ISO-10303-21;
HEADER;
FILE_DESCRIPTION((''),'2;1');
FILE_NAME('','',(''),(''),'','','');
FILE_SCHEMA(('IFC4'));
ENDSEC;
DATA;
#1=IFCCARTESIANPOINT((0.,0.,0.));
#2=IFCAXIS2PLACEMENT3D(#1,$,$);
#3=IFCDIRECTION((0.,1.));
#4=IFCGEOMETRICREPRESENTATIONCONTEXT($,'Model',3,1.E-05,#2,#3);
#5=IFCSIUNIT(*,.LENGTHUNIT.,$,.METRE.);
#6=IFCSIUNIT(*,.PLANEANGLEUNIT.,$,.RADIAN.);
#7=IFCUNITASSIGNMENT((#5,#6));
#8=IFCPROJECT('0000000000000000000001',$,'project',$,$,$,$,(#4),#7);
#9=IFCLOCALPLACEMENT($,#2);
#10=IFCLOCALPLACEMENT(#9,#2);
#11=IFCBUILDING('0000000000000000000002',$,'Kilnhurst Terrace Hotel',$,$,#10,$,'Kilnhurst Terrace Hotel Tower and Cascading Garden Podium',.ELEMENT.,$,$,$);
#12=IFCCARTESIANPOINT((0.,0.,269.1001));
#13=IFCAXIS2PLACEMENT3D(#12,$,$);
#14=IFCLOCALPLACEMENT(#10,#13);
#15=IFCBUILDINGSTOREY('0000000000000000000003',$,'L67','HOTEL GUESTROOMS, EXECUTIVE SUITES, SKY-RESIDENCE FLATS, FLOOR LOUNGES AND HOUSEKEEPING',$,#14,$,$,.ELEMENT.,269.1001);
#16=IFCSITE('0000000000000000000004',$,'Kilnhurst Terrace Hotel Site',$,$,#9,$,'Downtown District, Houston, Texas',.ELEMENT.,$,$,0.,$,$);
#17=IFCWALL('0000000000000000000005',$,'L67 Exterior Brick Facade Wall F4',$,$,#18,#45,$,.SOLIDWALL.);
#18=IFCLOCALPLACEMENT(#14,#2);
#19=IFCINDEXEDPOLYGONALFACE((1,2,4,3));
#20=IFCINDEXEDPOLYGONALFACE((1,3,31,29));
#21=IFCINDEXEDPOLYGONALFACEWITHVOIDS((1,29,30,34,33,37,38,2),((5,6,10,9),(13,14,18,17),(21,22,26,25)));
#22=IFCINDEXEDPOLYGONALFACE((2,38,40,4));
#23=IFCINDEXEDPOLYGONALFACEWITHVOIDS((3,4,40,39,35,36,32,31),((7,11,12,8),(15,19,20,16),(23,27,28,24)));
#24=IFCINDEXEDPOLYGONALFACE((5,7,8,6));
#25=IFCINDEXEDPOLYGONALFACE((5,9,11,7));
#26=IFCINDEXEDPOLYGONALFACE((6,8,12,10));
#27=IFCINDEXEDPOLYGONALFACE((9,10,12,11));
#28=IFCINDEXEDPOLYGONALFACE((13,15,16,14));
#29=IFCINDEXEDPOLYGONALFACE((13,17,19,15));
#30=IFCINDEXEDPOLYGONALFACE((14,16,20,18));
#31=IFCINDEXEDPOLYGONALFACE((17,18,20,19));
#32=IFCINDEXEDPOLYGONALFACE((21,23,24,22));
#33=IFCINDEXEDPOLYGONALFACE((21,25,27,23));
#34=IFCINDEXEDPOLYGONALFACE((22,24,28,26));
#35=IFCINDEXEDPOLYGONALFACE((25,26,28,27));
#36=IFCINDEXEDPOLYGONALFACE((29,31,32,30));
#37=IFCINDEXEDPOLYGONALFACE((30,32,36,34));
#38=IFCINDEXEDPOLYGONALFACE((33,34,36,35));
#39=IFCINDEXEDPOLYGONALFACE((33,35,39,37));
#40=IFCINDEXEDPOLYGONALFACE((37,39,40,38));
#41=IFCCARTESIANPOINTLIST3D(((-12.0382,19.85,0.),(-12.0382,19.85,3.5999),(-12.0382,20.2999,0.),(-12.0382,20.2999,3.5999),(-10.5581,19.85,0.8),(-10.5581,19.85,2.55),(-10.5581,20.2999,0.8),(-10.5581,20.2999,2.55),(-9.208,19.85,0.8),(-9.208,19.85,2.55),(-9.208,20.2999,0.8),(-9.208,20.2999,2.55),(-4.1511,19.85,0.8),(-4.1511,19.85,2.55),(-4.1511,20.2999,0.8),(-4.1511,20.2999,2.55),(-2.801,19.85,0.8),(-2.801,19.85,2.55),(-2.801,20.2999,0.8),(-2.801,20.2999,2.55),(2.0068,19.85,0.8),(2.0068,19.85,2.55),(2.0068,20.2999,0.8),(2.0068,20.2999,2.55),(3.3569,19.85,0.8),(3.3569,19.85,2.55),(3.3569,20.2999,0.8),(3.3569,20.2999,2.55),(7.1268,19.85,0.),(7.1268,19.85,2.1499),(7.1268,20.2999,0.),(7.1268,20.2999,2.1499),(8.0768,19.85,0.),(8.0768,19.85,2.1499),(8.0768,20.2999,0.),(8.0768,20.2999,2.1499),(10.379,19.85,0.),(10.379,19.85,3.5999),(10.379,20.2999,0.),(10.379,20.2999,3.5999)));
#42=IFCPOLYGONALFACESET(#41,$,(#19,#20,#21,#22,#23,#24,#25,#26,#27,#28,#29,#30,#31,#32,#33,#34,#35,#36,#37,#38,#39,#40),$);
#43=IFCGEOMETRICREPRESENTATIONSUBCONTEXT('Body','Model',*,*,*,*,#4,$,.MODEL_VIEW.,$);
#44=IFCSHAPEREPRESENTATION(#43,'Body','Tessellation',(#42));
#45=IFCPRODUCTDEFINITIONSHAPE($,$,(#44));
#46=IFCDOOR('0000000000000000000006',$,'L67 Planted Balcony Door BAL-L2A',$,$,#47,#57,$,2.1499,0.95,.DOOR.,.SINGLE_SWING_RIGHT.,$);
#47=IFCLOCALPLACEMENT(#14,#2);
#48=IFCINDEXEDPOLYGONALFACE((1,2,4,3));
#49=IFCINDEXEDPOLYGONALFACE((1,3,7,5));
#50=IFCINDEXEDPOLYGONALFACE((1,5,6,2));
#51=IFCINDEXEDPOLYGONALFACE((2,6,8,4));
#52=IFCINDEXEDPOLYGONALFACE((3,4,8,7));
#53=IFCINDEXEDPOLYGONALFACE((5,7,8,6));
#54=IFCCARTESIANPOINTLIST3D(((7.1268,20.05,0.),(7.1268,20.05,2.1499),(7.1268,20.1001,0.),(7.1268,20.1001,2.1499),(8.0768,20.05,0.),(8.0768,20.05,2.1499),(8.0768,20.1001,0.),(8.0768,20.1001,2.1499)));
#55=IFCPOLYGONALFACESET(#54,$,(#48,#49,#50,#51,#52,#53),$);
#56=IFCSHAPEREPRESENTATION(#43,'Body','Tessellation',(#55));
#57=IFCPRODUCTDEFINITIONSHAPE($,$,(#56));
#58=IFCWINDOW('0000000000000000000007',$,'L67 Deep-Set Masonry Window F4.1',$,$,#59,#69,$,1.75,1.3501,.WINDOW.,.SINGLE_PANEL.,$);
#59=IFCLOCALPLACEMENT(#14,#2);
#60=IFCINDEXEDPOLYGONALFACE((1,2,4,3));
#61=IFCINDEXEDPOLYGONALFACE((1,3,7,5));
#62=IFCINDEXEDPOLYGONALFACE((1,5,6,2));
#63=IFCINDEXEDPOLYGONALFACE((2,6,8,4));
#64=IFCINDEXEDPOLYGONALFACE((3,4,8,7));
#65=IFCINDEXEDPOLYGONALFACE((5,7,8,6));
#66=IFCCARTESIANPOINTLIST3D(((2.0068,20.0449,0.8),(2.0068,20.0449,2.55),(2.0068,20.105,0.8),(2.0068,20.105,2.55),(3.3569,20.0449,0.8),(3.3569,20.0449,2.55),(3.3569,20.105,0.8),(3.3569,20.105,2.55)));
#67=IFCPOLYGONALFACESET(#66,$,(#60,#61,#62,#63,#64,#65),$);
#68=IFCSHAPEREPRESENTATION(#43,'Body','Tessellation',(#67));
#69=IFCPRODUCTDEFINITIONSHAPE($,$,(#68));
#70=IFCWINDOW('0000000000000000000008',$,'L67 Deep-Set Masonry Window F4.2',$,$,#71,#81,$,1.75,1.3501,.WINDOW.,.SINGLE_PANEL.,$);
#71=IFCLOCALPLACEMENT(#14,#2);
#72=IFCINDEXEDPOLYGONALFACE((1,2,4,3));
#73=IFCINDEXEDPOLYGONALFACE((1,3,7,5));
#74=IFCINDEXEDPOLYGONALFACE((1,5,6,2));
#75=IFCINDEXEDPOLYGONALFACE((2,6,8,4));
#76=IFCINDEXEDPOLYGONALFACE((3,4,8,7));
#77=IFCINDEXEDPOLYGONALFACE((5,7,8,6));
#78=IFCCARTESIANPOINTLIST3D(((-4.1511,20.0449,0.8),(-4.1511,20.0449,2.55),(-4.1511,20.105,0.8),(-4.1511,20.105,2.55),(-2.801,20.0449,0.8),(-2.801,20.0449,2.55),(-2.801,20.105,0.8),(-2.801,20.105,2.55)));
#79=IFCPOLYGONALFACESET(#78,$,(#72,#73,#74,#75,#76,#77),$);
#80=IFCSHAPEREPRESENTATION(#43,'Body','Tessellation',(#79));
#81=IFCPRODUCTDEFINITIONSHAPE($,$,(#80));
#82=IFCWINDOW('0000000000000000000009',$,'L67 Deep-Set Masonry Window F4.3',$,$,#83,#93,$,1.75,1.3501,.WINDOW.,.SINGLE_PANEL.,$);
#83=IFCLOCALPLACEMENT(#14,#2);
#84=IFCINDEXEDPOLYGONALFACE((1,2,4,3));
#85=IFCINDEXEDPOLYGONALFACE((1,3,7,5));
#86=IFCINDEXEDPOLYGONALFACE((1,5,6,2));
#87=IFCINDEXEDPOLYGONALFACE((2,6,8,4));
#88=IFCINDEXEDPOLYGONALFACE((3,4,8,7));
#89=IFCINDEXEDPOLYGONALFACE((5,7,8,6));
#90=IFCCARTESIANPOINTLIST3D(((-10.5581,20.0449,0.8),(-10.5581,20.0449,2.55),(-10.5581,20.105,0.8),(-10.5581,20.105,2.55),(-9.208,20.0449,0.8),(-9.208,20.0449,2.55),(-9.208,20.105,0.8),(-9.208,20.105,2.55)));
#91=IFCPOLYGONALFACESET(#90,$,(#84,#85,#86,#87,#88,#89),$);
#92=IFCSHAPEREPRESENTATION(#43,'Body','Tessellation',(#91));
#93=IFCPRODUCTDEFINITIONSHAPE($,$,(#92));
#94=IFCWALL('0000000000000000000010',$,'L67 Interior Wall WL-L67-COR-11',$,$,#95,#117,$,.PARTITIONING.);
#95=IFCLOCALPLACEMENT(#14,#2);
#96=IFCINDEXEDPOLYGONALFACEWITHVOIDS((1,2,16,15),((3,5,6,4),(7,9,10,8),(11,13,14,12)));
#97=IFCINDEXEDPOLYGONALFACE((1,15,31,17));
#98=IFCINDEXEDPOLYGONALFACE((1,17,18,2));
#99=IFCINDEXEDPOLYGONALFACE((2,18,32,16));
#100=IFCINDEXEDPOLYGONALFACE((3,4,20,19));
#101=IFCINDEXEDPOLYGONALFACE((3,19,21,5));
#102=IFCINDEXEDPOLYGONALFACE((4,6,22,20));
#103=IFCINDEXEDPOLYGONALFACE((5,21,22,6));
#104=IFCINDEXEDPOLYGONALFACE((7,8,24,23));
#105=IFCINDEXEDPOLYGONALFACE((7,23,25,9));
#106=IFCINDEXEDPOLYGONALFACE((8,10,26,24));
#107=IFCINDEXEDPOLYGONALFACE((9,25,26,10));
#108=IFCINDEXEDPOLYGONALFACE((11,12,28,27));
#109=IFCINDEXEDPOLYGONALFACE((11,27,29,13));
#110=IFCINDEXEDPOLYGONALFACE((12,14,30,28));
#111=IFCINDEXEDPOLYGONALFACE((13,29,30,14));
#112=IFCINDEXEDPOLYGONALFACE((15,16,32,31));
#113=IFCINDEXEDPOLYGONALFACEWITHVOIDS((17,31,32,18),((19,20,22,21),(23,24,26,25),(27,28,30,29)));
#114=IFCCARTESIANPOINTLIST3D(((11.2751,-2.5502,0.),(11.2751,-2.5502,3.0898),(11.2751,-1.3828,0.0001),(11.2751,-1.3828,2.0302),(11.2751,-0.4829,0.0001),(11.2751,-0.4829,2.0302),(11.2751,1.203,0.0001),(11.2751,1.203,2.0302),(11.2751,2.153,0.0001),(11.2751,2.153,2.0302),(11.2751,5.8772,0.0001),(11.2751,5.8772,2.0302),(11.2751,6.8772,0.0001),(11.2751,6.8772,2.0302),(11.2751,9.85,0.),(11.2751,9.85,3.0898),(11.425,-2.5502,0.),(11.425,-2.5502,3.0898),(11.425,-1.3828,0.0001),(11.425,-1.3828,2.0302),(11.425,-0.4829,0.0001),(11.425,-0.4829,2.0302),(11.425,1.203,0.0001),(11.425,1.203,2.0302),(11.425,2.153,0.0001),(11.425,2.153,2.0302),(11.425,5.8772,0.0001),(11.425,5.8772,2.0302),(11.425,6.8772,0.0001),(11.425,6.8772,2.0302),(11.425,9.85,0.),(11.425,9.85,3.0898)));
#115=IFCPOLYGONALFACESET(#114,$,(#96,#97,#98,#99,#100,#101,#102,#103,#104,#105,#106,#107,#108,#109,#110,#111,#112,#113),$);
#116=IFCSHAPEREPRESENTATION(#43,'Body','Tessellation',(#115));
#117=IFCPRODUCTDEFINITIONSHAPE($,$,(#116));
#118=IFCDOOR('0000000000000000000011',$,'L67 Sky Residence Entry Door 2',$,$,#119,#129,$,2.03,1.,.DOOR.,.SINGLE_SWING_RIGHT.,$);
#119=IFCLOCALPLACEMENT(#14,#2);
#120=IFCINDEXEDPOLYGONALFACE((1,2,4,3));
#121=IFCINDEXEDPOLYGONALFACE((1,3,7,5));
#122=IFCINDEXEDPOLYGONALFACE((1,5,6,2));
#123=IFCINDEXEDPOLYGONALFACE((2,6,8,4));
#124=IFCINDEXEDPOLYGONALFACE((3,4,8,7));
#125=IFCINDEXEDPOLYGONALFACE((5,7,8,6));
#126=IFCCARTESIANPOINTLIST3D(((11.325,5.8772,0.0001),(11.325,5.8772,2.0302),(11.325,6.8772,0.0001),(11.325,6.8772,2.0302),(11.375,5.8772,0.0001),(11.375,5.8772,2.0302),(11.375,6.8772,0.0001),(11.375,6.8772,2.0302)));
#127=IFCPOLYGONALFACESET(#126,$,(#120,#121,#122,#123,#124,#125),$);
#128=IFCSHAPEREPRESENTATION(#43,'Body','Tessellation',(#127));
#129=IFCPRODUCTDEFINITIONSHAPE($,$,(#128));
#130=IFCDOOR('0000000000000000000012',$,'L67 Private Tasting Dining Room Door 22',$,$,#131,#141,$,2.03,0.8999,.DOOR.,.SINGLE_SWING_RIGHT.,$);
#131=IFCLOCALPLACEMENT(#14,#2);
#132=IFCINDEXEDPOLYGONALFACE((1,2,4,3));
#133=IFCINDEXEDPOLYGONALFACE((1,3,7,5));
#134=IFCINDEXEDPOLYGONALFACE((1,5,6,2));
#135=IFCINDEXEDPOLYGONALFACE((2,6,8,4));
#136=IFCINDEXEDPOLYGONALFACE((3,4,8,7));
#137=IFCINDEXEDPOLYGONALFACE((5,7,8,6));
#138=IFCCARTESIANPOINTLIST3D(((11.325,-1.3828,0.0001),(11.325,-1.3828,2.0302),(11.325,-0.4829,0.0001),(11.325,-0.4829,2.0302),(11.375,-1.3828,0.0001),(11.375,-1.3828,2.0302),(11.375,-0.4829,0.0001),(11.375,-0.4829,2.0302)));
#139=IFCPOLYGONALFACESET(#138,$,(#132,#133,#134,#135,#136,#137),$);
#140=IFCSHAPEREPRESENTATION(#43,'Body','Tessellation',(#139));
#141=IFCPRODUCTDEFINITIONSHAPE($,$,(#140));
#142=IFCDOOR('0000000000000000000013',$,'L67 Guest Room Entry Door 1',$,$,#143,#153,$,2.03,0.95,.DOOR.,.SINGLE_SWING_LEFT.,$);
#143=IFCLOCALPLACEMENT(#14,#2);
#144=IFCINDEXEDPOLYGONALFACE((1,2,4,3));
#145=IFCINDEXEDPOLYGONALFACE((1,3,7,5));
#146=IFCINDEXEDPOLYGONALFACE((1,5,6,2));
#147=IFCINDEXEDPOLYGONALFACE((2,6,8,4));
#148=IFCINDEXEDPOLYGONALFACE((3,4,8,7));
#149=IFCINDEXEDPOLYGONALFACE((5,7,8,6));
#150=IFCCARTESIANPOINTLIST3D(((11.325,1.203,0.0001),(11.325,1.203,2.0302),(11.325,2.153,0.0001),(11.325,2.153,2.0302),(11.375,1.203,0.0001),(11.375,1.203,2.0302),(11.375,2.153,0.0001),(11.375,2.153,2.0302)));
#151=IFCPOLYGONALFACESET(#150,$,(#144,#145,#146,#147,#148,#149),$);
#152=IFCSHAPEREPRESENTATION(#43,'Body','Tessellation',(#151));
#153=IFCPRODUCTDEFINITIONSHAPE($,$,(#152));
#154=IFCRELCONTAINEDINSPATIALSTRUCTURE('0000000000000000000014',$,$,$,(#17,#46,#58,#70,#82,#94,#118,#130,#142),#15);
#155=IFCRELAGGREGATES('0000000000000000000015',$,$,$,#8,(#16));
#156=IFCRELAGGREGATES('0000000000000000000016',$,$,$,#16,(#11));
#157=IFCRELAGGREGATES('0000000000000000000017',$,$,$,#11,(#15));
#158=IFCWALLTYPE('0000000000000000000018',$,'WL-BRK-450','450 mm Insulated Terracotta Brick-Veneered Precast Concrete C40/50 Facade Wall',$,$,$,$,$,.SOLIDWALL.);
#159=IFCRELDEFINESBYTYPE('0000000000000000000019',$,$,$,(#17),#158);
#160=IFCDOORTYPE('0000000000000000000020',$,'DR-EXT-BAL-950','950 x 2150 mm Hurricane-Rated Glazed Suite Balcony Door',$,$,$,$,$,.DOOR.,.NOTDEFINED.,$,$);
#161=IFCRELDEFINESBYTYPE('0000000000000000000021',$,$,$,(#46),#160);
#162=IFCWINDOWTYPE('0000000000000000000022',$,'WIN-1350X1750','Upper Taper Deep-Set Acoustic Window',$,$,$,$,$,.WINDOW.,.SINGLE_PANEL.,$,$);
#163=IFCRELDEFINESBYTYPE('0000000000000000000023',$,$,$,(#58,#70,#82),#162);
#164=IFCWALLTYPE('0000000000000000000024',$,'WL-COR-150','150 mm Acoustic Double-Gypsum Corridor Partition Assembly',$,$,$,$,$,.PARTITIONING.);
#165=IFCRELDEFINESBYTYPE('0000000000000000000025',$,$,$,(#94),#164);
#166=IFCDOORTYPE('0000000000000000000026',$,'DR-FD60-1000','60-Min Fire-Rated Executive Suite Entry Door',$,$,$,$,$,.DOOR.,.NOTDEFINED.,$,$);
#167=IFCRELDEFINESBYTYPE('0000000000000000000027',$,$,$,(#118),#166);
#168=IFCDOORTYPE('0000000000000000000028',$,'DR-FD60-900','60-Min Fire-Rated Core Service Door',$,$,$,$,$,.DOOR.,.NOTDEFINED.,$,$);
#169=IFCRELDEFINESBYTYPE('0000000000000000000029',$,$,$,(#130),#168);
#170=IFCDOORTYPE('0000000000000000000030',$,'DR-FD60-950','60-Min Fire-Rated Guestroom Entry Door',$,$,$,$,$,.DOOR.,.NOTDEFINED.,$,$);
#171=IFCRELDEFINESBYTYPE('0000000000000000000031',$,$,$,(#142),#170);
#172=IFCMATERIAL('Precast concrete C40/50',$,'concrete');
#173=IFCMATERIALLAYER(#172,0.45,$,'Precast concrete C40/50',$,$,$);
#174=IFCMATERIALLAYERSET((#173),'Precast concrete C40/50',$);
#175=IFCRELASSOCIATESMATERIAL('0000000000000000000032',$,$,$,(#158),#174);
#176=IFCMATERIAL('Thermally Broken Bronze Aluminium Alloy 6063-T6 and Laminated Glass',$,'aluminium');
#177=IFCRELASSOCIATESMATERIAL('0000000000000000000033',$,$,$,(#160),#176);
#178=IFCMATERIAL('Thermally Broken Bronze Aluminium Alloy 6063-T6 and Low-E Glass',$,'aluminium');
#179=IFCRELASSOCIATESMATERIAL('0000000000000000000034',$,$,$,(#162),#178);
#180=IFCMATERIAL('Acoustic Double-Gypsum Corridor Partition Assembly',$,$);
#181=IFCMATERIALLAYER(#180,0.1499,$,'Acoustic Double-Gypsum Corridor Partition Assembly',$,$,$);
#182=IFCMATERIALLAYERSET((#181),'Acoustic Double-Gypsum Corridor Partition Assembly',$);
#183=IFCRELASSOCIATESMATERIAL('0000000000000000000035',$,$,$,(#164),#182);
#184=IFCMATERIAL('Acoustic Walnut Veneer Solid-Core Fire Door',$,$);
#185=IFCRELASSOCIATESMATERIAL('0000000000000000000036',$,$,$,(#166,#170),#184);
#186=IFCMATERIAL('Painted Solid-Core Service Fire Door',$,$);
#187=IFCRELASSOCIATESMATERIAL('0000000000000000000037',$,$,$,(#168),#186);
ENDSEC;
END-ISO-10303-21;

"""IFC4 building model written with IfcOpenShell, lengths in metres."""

from ifc_helpers import new_model, si_unit, direction, frame, frame_2d, origin, place, context, subcontext, project, spatial, rectangle, extrude, material, layer, layer_set, type_object, element, fill, save


model = new_model("IFC4")

# Units and contexts
model_context = context("Model", 3, precision=1e-05, world=origin(), true_north=direction((0.0, 1.0)))
body_context = subcontext(model_context, "Body", "Model", "MODEL_VIEW")
ifc_project = project(units=[si_unit("LENGTHUNIT", "METRE"), si_unit("PLANEANGLEUNIT", "RADIAN")], contexts=[model_context])

# Site, building, storey
site_placement = place(None, origin())
site = spatial("IfcSite", under=ifc_project, at=site_placement, Name="Kilnhurst Terrace Hotel Site", LongName="Downtown District, Houston, Texas", CompositionType="ELEMENT", RefElevation=0.0)
building_placement = place(site_placement, origin())
building = spatial("IfcBuilding", under=site, at=building_placement, Name="Kilnhurst Terrace Hotel", LongName="Kilnhurst Terrace Hotel Tower and Cascading Garden Podium", CompositionType="ELEMENT")
storey_placement = place(building_placement, frame((0.0, 0.0, 269.1001)))
storey = spatial("IfcBuildingStorey", under=building, at=storey_placement, Name="L67", Description="HOTEL GUESTROOMS, EXECUTIVE SUITES, SKY-RESIDENCE FLATS, FLOOR LOUNGES AND HOUSEKEEPING", CompositionType="ELEMENT", Elevation=269.1001)

# Shared definitions
ifc_material_1 = material(Name="Precast concrete C40/50", Category="concrete")
ifc_layer_1 = layer(ifc_material_1, 0.45, Name="Precast concrete C40/50")
ifc_layer_set_1 = layer_set([ifc_layer_1], Name="Precast concrete C40/50")
wall_type_1 = type_object("IfcWallType", Name="WL-BRK-450", Description="450 mm Insulated Terracotta Brick-Veneered Precast Concrete C40/50 Facade Wall", PredefinedType="SOLIDWALL", material=ifc_layer_set_1)

# Wall, openings, door, windows
wall_1_placement = place(storey_placement, frame((10.3789, 20.075, 0.0), z_axis=(0.0, 0.0, 1.0), x_axis=(-1.0, 0.0, 0.0)))
wall_1 = element("IfcWall", 1, at=wall_1_placement, inside=storey, type_object=wall_type_1, Name="L67 Exterior Brick Facade Wall F4", PredefinedType="SOLIDWALL", context=body_context, shape_type="SweptSolid", body=[
    extrude(rectangle(XDim=22.4172, YDim=0.45, at=frame_2d((11.2085, 0.0))), origin(), (0.0, 0.0, 1.0), 3.5999),
])
opening_1_placement = place(wall_1_placement, frame((2.302, 0.0, 0.0)))
opening_1 = element("IfcOpeningElement", 2, at=opening_1_placement, cuts=wall_1, PredefinedType="OPENING", context=body_context, shape_type="SweptSolid", body=[
    extrude(rectangle(XDim=0.95, YDim=2.1499, at=frame_2d((0.4751, 1.075))), frame((0.0, 0.2349, 0.0), z_axis=(0.0, -1.0, 0.0), x_axis=(1.0, 0.0, 0.0)), (0.0, 0.0, 1.0), 0.47),
])
opening_2_placement = place(wall_1_placement, frame((7.022, 0.0, 0.8)))
opening_2 = element("IfcOpeningElement", 3, at=opening_2_placement, cuts=wall_1, PredefinedType="OPENING", context=body_context, shape_type="SweptSolid", body=[
    extrude(rectangle(XDim=1.3501, YDim=1.75, at=frame_2d((0.675, 0.875))), frame((0.0, 0.2349, 0.0), z_axis=(0.0, -1.0, 0.0), x_axis=(1.0, 0.0, 0.0)), (0.0, 0.0, 1.0), 0.47),
])
opening_3_placement = place(wall_1_placement, frame((13.1799, 0.0, 0.8)))
opening_3 = element("IfcOpeningElement", 4, at=opening_3_placement, cuts=wall_1, PredefinedType="OPENING", context=body_context, shape_type="SweptSolid", body=[
    extrude(rectangle(XDim=1.3501, YDim=1.75, at=frame_2d((0.675, 0.875))), frame((0.0, 0.2349, 0.0), z_axis=(0.0, -1.0, 0.0), x_axis=(1.0, 0.0, 0.0)), (0.0, 0.0, 1.0), 0.47),
])
opening_4_placement = place(wall_1_placement, frame((19.5869, 0.0, 0.8)))
opening_4 = element("IfcOpeningElement", 5, at=opening_4_placement, cuts=wall_1, PredefinedType="OPENING", context=body_context, shape_type="SweptSolid", body=[
    extrude(rectangle(XDim=1.3501, YDim=1.75, at=frame_2d((0.675, 0.875))), frame((0.0, 0.2349, 0.0), z_axis=(0.0, -1.0, 0.0), x_axis=(1.0, 0.0, 0.0)), (0.0, 0.0, 1.0), 0.47),
])
ifc_material_2 = material(Name="Thermally Broken Bronze Aluminium Alloy 6063-T6 and Laminated Glass", Category="aluminium")
door_type_1 = type_object("IfcDoorType", Name="DR-EXT-BAL-950", Description="950 x 2150 mm Hurricane-Rated Glazed Suite Balcony Door", OperationType="NOTDEFINED", PredefinedType="DOOR", material=ifc_material_2)
door_1_placement = place(opening_1_placement, origin())
door_1 = element("IfcDoor", 6, at=door_1_placement, inside=storey, type_object=door_type_1, Name="L67 Planted Balcony Door BAL-L2A", OperationType="SINGLE_SWING_RIGHT", OverallHeight=2.1499, OverallWidth=0.95, PredefinedType="DOOR", context=body_context, shape_type="SweptSolid", body=[
    extrude(rectangle(XDim=0.95, YDim=2.1499, at=frame_2d((0.4751, 1.075))), frame((0.0, 0.0249, 0.0), z_axis=(0.0, -1.0, 0.0), x_axis=(1.0, 0.0, 0.0)), (0.0, 0.0, 1.0), 0.05),
])
fill(opening_1, door_1)
ifc_material_3 = material(Name="Thermally Broken Bronze Aluminium Alloy 6063-T6 and Low-E Glass", Category="aluminium")
window_type = type_object("IfcWindowType", Name="WIN-1350X1750", Description="Upper Taper Deep-Set Acoustic Window", PartitioningType="SINGLE_PANEL", PredefinedType="WINDOW", material=ifc_material_3)
window_1_placement = place(opening_2_placement, origin())
window_1 = element("IfcWindow", 7, at=window_1_placement, inside=storey, type_object=window_type, Name="L67 Deep-Set Masonry Window F4.1", OverallHeight=1.75, OverallWidth=1.3501, PartitioningType="SINGLE_PANEL", PredefinedType="WINDOW", context=body_context, shape_type="SweptSolid", body=[
    extrude(rectangle(XDim=1.3501, YDim=1.75, at=frame_2d((0.675, 0.875))), frame((0.0, 0.03, 0.0), z_axis=(0.0, -1.0, 0.0), x_axis=(1.0, 0.0, 0.0)), (0.0, 0.0, 1.0), 0.0601),
])
fill(opening_2, window_1)
window_2_placement = place(opening_3_placement, origin())
window_2 = element("IfcWindow", 8, at=window_2_placement, inside=storey, type_object=window_type, Name="L67 Deep-Set Masonry Window F4.2", OverallHeight=1.75, OverallWidth=1.3501, PartitioningType="SINGLE_PANEL", PredefinedType="WINDOW", context=body_context, shape_type="SweptSolid", body=[
    extrude(rectangle(XDim=1.3501, YDim=1.75, at=frame_2d((0.675, 0.875))), frame((0.0, 0.03, 0.0), z_axis=(0.0, -1.0, 0.0), x_axis=(1.0, 0.0, 0.0)), (0.0, 0.0, 1.0), 0.0601),
])
fill(opening_3, window_2)
window_3_placement = place(opening_4_placement, origin())
window_3 = element("IfcWindow", 9, at=window_3_placement, inside=storey, type_object=window_type, Name="L67 Deep-Set Masonry Window F4.3", OverallHeight=1.75, OverallWidth=1.3501, PartitioningType="SINGLE_PANEL", PredefinedType="WINDOW", context=body_context, shape_type="SweptSolid", body=[
    extrude(rectangle(XDim=1.3501, YDim=1.75, at=frame_2d((0.675, 0.875))), frame((0.0, 0.03, 0.0), z_axis=(0.0, -1.0, 0.0), x_axis=(1.0, 0.0, 0.0)), (0.0, 0.0, 1.0), 0.0601),
])
fill(opening_4, window_3)

# Wall, openings, doors
ifc_material_4 = material(Name="Acoustic Double-Gypsum Corridor Partition Assembly")
ifc_layer_2 = layer(ifc_material_4, 0.1499, Name="Acoustic Double-Gypsum Corridor Partition Assembly")
ifc_layer_set_2 = layer_set([ifc_layer_2], Name="Acoustic Double-Gypsum Corridor Partition Assembly")
wall_type_2 = type_object("IfcWallType", Name="WL-COR-150", Description="150 mm Acoustic Double-Gypsum Corridor Partition Assembly", PredefinedType="PARTITIONING", material=ifc_layer_set_2)
wall_2_placement = place(storey_placement, frame((11.3501, 9.8501, 0.0), z_axis=(0.0, 0.0, 1.0), x_axis=(0.0, -1.0, 0.0)))
wall_2 = element("IfcWall", 10, at=wall_2_placement, inside=storey, type_object=wall_type_2, Name="L67 Interior Wall WL-L67-COR-11", PredefinedType="PARTITIONING", context=body_context, shape_type="SweptSolid", body=[
    extrude(rectangle(XDim=12.4001, YDim=0.1499, at=frame_2d((6.2002, 0.0))), origin(), (0.0, 0.0, 1.0), 3.0898),
])
opening_5_placement = place(wall_2_placement, frame((7.697, 0.0, 0.0)))
opening_5 = element("IfcOpeningElement", 11, at=opening_5_placement, cuts=wall_2, PredefinedType="OPENING", context=body_context, shape_type="SweptSolid", body=[
    extrude(rectangle(XDim=0.95, YDim=2.03, at=frame_2d((0.4751, 1.0151))), frame((0.0, 0.085, 0.0), z_axis=(0.0, -1.0, 0.0), x_axis=(1.0, 0.0, 0.0)), (0.0, 0.0, 1.0), 0.1699),
])
opening_6_placement = place(wall_2_placement, frame((2.9729, 0.0, 0.0)))
opening_6 = element("IfcOpeningElement", 12, at=opening_6_placement, cuts=wall_2, PredefinedType="OPENING", context=body_context, shape_type="SweptSolid", body=[
    extrude(rectangle(XDim=1.0, YDim=2.03, at=frame_2d((0.5, 1.0151))), frame((0.0, 0.085, 0.0), z_axis=(0.0, -1.0, 0.0), x_axis=(1.0, 0.0, 0.0)), (0.0, 0.0, 1.0), 0.1699),
])
opening_7_placement = place(wall_2_placement, frame((10.333, 0.0, 0.0)))
opening_7 = element("IfcOpeningElement", 13, at=opening_7_placement, cuts=wall_2, PredefinedType="OPENING", context=body_context, shape_type="SweptSolid", body=[
    extrude(rectangle(XDim=0.8999, YDim=2.03, at=frame_2d((0.45, 1.0151))), frame((0.0, 0.085, 0.0), z_axis=(0.0, -1.0, 0.0), x_axis=(1.0, 0.0, 0.0)), (0.0, 0.0, 1.0), 0.1699),
])
ifc_material_5 = material(Name="Acoustic Walnut Veneer Solid-Core Fire Door")
door_type_2 = type_object("IfcDoorType", Name="DR-FD60-1000", Description="60-Min Fire-Rated Executive Suite Entry Door", OperationType="NOTDEFINED", PredefinedType="DOOR", material=ifc_material_5)
door_2_placement = place(opening_6_placement, origin())
door_2 = element("IfcDoor", 14, at=door_2_placement, inside=storey, type_object=door_type_2, Name="L67 Sky Residence Entry Door 2", OperationType="SINGLE_SWING_RIGHT", OverallHeight=2.03, OverallWidth=1.0, PredefinedType="DOOR", context=body_context, shape_type="SweptSolid", body=[
    extrude(rectangle(XDim=1.0, YDim=2.03, at=frame_2d((0.5, 1.0151))), frame((0.0, 0.0249, 0.0), z_axis=(0.0, -1.0, 0.0), x_axis=(1.0, 0.0, 0.0)), (0.0, 0.0, 1.0), 0.05),
])
fill(opening_6, door_2)
ifc_material_6 = material(Name="Painted Solid-Core Service Fire Door")
door_type_3 = type_object("IfcDoorType", Name="DR-FD60-900", Description="60-Min Fire-Rated Core Service Door", OperationType="NOTDEFINED", PredefinedType="DOOR", material=ifc_material_6)
door_3_placement = place(opening_7_placement, origin())
door_3 = element("IfcDoor", 15, at=door_3_placement, inside=storey, type_object=door_type_3, Name="L67 Private Tasting Dining Room Door 22", OperationType="SINGLE_SWING_RIGHT", OverallHeight=2.03, OverallWidth=0.8999, PredefinedType="DOOR", context=body_context, shape_type="SweptSolid", body=[
    extrude(rectangle(XDim=0.8999, YDim=2.03, at=frame_2d((0.45, 1.0151))), frame((0.0, 0.0249, 0.0), z_axis=(0.0, -1.0, 0.0), x_axis=(1.0, 0.0, 0.0)), (0.0, 0.0, 1.0), 0.05),
])
fill(opening_7, door_3)
door_type_4 = type_object("IfcDoorType", Name="DR-FD60-950", Description="60-Min Fire-Rated Guestroom Entry Door", OperationType="NOTDEFINED", PredefinedType="DOOR", material=ifc_material_5)
door_4_placement = place(opening_5_placement, origin())
door_4 = element("IfcDoor", 16, at=door_4_placement, inside=storey, type_object=door_type_4, Name="L67 Guest Room Entry Door 1", OperationType="SINGLE_SWING_LEFT", OverallHeight=2.03, OverallWidth=0.95, PredefinedType="DOOR", context=body_context, shape_type="SweptSolid", body=[
    extrude(rectangle(XDim=0.95, YDim=2.03, at=frame_2d((0.4751, 1.0151))), frame((0.0, 0.0249, 0.0), z_axis=(0.0, -1.0, 0.0), x_axis=(1.0, 0.0, 0.0)), (0.0, 0.0, 1.0), 0.05),
])
fill(opening_5, door_4)

save(model, "model.ifc")
